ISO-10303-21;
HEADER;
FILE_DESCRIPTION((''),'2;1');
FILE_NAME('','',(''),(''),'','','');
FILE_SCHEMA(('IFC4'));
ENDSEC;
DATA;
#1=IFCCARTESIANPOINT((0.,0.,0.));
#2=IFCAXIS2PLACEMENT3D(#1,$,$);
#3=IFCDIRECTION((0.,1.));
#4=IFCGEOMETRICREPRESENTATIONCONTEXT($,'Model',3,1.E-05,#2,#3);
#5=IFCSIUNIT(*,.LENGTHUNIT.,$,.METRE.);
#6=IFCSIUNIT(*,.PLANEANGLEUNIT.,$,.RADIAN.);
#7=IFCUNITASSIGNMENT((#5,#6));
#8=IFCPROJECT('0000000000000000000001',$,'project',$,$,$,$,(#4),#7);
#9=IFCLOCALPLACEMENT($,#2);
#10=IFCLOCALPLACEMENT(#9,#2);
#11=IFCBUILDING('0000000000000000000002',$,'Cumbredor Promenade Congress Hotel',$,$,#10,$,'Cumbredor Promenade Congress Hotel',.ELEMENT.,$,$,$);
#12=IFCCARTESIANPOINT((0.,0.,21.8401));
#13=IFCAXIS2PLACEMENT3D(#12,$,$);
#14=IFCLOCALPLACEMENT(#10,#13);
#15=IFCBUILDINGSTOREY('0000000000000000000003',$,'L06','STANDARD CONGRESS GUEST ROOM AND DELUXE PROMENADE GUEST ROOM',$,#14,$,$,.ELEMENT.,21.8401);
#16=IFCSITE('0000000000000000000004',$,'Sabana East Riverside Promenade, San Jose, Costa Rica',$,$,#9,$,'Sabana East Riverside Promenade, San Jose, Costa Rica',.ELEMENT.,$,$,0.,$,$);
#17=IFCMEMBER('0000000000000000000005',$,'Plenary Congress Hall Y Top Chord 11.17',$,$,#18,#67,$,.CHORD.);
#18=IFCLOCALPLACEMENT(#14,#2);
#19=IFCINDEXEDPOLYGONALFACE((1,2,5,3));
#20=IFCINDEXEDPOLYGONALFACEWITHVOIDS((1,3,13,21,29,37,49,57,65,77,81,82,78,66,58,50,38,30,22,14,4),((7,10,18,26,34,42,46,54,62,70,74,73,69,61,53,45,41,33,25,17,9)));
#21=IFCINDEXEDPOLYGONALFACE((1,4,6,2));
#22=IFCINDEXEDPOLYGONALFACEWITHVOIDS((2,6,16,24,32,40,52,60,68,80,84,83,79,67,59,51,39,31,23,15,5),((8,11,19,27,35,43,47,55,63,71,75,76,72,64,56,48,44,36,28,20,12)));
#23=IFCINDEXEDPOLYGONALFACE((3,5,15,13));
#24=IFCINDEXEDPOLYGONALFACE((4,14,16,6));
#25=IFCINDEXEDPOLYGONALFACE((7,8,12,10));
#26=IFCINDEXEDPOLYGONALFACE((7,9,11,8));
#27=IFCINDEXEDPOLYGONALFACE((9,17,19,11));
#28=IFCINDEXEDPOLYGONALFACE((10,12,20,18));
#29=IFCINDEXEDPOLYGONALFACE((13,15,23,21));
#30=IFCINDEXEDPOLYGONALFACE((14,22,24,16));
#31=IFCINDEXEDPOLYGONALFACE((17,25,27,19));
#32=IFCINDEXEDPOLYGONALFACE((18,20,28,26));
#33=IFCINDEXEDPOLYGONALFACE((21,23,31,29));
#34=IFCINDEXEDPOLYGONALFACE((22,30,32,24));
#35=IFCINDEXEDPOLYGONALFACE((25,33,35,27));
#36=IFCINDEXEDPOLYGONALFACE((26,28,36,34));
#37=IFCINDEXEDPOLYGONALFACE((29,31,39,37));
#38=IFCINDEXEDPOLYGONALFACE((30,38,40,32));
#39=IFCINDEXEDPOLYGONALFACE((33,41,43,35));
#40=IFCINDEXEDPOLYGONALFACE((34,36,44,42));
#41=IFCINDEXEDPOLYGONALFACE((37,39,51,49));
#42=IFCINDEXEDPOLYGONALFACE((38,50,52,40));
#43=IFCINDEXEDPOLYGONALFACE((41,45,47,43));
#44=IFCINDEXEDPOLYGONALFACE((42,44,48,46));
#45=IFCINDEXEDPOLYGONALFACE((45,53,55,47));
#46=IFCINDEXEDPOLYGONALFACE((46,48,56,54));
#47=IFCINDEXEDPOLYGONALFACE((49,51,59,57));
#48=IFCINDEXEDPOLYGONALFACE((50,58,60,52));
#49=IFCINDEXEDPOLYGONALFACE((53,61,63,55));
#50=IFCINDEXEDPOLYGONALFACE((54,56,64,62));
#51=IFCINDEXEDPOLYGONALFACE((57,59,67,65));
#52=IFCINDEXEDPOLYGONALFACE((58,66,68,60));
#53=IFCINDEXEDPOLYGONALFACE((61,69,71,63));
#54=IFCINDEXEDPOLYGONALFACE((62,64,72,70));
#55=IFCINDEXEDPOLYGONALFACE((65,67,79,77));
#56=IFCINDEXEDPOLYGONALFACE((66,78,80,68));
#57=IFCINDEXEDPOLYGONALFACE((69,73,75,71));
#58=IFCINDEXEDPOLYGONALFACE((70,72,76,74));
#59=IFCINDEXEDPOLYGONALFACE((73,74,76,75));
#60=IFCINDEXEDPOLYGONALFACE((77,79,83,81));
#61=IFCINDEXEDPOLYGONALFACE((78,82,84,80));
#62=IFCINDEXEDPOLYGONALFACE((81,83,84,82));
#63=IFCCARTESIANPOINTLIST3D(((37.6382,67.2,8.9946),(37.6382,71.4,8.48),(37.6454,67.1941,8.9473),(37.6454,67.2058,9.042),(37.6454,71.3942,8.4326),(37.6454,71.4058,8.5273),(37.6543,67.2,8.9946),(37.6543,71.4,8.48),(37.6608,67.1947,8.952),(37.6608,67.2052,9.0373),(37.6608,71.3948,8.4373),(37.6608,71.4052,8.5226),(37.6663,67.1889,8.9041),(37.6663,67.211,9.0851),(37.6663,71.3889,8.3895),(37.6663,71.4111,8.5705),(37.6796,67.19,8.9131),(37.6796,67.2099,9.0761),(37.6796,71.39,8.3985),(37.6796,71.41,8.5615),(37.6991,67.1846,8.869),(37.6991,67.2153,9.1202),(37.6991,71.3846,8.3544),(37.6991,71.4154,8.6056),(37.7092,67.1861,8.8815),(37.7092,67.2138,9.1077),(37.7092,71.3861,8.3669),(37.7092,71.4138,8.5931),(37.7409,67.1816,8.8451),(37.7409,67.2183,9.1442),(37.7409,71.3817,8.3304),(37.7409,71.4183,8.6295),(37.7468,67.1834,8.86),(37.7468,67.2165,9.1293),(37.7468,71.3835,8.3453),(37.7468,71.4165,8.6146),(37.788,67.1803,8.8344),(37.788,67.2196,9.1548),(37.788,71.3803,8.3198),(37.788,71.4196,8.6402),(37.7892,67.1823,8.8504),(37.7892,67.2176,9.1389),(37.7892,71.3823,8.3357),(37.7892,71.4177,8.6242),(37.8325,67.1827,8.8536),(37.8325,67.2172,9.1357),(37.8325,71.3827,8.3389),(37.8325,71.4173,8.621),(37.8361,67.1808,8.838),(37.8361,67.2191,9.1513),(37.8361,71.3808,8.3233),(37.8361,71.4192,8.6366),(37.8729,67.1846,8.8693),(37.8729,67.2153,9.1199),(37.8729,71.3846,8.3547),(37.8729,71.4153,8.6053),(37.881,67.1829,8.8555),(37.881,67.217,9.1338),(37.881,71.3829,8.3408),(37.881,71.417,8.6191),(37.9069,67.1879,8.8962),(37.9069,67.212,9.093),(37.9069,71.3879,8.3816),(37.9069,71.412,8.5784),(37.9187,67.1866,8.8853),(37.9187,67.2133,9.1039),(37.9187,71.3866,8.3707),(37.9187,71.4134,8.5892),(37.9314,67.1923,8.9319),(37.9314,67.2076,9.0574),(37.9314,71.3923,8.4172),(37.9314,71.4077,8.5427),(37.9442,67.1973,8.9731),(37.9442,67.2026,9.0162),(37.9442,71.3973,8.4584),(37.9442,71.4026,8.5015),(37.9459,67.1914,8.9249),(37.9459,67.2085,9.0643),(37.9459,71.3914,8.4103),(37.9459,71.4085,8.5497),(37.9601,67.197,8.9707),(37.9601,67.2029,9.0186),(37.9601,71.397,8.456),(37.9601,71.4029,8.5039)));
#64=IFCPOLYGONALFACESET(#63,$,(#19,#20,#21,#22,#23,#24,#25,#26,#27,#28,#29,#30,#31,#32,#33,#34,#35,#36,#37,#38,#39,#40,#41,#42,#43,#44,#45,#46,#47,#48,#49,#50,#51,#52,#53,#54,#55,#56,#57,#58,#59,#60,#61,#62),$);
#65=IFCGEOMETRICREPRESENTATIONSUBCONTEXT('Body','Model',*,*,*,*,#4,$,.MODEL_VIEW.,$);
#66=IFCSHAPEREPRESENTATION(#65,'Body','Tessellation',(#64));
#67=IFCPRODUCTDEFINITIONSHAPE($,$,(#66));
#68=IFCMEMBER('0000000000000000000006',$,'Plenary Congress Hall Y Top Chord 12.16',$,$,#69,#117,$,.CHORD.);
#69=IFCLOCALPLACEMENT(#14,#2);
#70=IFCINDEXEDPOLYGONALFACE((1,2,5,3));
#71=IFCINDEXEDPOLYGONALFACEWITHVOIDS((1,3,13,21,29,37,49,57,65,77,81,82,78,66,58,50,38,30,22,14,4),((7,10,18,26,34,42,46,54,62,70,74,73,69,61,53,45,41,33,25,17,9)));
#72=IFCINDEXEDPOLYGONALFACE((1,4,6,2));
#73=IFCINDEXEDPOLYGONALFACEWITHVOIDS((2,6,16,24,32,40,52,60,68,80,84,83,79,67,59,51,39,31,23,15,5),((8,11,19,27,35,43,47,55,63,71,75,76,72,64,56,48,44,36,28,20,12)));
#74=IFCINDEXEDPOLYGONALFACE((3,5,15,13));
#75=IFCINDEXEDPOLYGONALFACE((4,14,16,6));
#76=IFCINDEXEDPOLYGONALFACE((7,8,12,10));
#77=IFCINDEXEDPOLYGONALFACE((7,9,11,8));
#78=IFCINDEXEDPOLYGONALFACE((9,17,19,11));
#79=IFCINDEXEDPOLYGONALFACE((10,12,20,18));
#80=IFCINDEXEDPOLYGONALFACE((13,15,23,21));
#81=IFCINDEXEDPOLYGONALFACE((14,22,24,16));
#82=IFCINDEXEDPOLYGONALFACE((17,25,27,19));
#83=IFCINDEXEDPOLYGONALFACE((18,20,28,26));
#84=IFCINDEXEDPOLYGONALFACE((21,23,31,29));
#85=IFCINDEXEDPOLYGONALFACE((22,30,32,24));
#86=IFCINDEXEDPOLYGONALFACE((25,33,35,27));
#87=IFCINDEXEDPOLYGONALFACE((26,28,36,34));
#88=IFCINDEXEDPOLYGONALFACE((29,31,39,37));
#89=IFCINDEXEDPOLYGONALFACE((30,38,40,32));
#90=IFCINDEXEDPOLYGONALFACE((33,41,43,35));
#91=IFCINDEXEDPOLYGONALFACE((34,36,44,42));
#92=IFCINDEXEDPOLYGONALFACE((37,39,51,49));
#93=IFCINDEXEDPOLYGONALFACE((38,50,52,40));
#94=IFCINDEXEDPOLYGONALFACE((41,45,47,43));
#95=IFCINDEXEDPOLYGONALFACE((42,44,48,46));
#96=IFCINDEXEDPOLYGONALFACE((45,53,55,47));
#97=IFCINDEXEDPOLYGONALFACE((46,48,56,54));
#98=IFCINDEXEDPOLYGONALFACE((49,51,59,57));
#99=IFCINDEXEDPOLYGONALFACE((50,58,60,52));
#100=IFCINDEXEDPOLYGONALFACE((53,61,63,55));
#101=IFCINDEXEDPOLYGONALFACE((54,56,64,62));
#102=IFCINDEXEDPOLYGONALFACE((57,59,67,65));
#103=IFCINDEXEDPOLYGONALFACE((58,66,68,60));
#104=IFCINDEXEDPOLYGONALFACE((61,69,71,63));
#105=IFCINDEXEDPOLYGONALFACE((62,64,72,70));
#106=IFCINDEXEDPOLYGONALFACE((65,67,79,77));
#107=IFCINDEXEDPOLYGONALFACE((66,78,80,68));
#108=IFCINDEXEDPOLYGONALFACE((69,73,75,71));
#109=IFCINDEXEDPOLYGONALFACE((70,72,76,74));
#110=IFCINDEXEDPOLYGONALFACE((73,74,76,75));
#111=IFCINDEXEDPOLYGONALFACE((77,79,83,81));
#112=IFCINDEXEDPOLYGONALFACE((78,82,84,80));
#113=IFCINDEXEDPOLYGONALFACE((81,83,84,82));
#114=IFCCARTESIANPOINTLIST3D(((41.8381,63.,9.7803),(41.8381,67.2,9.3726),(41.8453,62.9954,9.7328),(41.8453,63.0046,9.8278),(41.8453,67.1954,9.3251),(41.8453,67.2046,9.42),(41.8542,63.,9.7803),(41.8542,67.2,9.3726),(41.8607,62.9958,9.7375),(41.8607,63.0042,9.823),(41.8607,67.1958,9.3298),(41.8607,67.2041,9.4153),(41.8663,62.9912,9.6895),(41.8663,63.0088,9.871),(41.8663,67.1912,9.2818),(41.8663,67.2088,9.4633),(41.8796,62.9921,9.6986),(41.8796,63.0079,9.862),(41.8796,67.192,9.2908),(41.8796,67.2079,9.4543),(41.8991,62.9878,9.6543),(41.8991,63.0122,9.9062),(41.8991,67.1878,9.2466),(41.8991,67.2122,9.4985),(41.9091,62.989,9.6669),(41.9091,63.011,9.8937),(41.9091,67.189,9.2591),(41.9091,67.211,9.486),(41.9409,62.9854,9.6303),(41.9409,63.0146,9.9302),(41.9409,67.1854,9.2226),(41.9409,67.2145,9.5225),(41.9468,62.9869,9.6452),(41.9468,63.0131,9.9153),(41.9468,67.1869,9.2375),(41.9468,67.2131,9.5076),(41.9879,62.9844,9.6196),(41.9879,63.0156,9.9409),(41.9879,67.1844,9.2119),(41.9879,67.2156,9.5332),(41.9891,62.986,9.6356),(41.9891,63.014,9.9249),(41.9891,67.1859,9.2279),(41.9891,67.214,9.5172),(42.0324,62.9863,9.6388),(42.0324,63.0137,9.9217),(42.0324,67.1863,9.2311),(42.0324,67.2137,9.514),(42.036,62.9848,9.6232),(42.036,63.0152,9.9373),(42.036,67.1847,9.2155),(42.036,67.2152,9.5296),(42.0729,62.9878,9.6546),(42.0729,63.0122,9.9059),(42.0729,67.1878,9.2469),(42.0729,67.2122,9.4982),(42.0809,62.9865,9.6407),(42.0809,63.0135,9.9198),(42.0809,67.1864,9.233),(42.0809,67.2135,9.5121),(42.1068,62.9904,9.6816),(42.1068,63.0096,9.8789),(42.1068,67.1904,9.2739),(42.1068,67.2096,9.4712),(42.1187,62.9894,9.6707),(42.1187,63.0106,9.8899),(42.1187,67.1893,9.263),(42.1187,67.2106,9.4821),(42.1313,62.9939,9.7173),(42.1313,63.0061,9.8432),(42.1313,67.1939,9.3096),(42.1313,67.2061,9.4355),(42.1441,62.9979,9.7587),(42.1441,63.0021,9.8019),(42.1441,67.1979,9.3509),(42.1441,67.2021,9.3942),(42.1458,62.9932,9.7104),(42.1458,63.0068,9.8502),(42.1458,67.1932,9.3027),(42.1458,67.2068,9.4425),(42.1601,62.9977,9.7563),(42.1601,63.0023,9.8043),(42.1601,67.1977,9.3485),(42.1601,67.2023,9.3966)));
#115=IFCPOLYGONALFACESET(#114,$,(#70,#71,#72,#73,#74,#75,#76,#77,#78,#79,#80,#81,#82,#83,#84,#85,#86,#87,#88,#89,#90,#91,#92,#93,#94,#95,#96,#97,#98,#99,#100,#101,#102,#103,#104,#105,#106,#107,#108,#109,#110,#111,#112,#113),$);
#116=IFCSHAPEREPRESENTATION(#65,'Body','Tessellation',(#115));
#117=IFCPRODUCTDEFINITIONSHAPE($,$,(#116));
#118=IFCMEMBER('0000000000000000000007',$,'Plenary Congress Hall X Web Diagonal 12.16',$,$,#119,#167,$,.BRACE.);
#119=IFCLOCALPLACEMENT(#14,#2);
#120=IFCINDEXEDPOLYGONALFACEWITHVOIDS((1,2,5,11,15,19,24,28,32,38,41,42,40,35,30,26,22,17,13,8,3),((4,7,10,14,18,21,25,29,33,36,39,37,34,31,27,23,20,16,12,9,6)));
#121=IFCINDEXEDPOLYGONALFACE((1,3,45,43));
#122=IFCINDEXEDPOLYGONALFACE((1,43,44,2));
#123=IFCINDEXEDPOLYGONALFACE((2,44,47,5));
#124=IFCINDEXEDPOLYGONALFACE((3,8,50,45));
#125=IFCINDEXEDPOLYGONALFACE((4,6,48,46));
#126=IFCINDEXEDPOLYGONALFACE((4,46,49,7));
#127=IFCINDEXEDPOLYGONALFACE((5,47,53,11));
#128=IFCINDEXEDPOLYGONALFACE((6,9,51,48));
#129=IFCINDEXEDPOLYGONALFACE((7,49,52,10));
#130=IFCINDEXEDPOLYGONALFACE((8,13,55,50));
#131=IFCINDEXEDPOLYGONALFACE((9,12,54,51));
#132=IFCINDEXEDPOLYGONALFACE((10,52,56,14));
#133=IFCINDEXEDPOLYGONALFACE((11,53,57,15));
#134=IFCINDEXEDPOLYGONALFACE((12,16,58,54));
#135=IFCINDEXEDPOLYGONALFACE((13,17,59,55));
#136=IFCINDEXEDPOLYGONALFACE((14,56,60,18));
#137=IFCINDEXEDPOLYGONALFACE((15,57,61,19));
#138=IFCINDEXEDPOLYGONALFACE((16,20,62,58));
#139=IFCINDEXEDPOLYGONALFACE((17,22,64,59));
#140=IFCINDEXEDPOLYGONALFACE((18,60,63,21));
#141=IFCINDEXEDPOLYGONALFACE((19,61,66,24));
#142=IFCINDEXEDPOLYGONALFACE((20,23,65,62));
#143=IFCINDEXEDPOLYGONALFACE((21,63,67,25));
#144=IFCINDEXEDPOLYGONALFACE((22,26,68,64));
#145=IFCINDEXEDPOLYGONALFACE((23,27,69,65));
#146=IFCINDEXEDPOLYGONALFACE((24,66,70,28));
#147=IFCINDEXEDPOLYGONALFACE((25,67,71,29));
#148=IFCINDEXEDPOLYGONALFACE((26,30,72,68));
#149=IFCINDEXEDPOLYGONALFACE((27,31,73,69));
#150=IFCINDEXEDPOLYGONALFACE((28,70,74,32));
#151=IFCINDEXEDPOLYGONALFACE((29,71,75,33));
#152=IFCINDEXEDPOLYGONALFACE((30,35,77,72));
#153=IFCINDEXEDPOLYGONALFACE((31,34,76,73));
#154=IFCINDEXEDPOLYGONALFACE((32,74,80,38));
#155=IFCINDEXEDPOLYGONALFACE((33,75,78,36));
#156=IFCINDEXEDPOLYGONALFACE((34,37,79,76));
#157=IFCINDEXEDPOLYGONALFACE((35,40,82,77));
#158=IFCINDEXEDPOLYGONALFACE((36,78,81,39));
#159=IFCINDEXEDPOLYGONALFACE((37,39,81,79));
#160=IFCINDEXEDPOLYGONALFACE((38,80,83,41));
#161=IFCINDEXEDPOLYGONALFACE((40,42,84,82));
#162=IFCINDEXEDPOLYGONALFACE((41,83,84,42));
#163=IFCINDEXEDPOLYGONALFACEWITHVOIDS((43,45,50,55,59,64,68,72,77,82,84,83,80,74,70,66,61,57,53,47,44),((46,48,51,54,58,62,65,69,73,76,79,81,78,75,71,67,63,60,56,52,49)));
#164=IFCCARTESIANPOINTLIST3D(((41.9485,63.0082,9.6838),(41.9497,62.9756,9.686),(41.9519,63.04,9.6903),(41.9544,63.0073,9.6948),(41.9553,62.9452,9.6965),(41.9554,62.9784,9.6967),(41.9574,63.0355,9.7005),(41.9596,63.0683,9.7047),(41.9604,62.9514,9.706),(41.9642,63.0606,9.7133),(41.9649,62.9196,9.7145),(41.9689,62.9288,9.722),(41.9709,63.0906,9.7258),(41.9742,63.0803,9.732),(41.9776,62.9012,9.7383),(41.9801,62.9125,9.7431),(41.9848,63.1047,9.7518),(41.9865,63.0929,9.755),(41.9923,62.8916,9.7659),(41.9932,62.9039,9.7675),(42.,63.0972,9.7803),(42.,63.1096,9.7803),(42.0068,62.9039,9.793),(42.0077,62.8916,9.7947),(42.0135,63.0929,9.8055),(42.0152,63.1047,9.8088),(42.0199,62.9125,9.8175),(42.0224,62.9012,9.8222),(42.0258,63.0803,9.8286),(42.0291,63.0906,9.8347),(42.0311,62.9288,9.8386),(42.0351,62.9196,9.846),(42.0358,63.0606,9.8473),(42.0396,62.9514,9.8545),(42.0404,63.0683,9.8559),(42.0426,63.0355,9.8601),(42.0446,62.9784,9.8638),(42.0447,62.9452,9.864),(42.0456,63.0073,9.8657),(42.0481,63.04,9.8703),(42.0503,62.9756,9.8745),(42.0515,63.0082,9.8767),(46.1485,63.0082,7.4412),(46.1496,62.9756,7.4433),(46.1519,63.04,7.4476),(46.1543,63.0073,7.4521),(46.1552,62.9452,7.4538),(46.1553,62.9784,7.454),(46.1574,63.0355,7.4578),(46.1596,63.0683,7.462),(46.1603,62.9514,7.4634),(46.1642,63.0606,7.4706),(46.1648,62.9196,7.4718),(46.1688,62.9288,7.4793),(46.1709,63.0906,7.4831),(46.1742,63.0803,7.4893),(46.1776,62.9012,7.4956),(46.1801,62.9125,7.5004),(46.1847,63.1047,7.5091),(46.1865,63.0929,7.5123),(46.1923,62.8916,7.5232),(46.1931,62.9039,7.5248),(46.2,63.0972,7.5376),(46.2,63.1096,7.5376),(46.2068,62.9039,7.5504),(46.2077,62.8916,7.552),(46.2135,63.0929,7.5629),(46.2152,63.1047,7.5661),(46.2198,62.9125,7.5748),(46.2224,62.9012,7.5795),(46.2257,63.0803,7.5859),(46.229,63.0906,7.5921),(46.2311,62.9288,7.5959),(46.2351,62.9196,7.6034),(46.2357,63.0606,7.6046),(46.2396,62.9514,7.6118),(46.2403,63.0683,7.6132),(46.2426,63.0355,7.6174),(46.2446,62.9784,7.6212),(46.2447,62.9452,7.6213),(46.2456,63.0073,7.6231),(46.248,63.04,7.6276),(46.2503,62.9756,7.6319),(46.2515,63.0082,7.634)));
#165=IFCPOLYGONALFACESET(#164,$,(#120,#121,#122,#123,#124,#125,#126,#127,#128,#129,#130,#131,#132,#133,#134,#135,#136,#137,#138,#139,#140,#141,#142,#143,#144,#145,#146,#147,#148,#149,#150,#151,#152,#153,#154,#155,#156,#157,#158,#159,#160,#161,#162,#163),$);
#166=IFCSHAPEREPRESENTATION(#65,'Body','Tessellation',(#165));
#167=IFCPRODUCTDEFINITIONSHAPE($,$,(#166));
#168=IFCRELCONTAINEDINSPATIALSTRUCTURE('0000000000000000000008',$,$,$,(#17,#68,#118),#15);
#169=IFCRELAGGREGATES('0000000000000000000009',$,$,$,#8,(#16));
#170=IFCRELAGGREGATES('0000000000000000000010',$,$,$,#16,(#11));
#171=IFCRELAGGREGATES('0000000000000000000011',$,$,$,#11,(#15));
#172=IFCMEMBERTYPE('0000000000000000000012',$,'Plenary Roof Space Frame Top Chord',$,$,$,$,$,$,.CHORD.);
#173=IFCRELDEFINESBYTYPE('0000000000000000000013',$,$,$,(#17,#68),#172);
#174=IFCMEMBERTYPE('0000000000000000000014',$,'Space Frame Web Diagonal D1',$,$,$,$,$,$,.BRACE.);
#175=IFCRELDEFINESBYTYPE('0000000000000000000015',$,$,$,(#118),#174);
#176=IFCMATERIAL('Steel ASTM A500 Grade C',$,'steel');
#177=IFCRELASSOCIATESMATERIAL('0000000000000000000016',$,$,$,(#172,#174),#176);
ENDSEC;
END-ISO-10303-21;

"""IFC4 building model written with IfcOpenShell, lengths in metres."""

from ifc_helpers import new_model, si_unit, direction, frame, origin, origin_2d, place, context, subcontext, project, spatial, hollow_circle, extrude, material, material_profile, profile_set, type_object, element, save


model = new_model("IFC4")

# Units and contexts
model_context = context("Model", 3, precision=1e-05, world=origin(), true_north=direction((0.0, 1.0)))
body_context = subcontext(model_context, "Body", "Model", "MODEL_VIEW")
ifc_project = project(units=[si_unit("LENGTHUNIT", "METRE"), si_unit("PLANEANGLEUNIT", "RADIAN")], contexts=[model_context])

# Site, building, storey
site_placement = place(None, origin())
site = spatial("IfcSite", under=ifc_project, at=site_placement, Name="Sabana East Riverside Promenade, San Jose, Costa Rica", LongName="Sabana East Riverside Promenade, San Jose, Costa Rica", CompositionType="ELEMENT", RefElevation=0.0)
building_placement = place(site_placement, origin())
building = spatial("IfcBuilding", under=site, at=building_placement, Name="Cumbredor Promenade Congress Hotel", LongName="Cumbredor Promenade Congress Hotel", CompositionType="ELEMENT")
storey_placement = place(building_placement, frame((0.0, 0.0, 21.8401)))
storey = spatial("IfcBuildingStorey", under=building, at=storey_placement, Name="L06", Description="STANDARD CONGRESS GUEST ROOM AND DELUXE PROMENADE GUEST ROOM", CompositionType="ELEMENT", Elevation=21.8401)

# Members
ifc_material_1 = material(Name="Steel ASTM A500 Grade C", Category="steel")
ifc_material_profile_1 = material_profile(ifc_material_1, hollow_circle(Radius=0.1619, WallThickness=0.0161, at=origin_2d()), Name="CHS 323.9x16")
ifc_profile_set_1 = profile_set([ifc_material_profile_1], Name="Steel ASTM A500 Grade C")
member_type_1 = type_object("IfcMemberType", Name="Plenary Roof Space Frame Top Chord", PredefinedType="CHORD", material=ifc_profile_set_1)
member_1_placement = place(storey_placement, frame((37.8, 67.2, 8.9946), z_axis=(0.0, 0.992576, -0.121627), x_axis=(-1.0, 0.0, 0.0)))
element("IfcMember", 1, at=member_1_placement, inside=storey, type_object=member_type_1, Name="Plenary Congress Hall Y Top Chord 11.17", PredefinedType="CHORD", context=body_context, shape_type="SweptSolid", body=[
    extrude(hollow_circle(Radius=0.1619, WallThickness=0.0161, at=origin_2d()), origin(), (0.0, 0.0, 1.0), 4.2314),
])
member_2_placement = place(storey_placement, frame((42.0, 63.0, 9.7803), z_axis=(0.0, 0.995321, -0.096622), x_axis=(-1.0, 0.0, 0.0)))
element("IfcMember", 2, at=member_2_placement, inside=storey, type_object=member_type_1, Name="Plenary Congress Hall Y Top Chord 12.16", PredefinedType="CHORD", context=body_context, shape_type="SweptSolid", body=[
    extrude(hollow_circle(Radius=0.1619, WallThickness=0.0161, at=origin_2d()), origin(), (0.0, 0.0, 1.0), 4.2197),
])
ifc_material_profile_2 = material_profile(ifc_material_1, hollow_circle(Radius=0.1096, WallThickness=0.0125, at=origin_2d()), Name="CHS 219.1x12.5")
ifc_profile_set_2 = profile_set([ifc_material_profile_2], Name="Steel ASTM A500 Grade C")
member_type_2 = type_object("IfcMemberType", Name="Space Frame Web Diagonal D1", PredefinedType="BRACE", material=ifc_profile_set_2)
member_3_placement = place(storey_placement, frame((42.0, 63.0, 9.7803), z_axis=(0.882117, 0.0, -0.47103), x_axis=(0.0, 1.0, 0.0)))
element("IfcMember", 3, at=member_3_placement, inside=storey, type_object=member_type_2, Name="Plenary Congress Hall X Web Diagonal 12.16", PredefinedType="BRACE", context=body_context, shape_type="SweptSolid", body=[
    extrude(hollow_circle(Radius=0.1096, WallThickness=0.0125, at=origin_2d()), origin(), (0.0, 0.0, 1.0), 4.7612),
])

save(model, "model.ifc")
